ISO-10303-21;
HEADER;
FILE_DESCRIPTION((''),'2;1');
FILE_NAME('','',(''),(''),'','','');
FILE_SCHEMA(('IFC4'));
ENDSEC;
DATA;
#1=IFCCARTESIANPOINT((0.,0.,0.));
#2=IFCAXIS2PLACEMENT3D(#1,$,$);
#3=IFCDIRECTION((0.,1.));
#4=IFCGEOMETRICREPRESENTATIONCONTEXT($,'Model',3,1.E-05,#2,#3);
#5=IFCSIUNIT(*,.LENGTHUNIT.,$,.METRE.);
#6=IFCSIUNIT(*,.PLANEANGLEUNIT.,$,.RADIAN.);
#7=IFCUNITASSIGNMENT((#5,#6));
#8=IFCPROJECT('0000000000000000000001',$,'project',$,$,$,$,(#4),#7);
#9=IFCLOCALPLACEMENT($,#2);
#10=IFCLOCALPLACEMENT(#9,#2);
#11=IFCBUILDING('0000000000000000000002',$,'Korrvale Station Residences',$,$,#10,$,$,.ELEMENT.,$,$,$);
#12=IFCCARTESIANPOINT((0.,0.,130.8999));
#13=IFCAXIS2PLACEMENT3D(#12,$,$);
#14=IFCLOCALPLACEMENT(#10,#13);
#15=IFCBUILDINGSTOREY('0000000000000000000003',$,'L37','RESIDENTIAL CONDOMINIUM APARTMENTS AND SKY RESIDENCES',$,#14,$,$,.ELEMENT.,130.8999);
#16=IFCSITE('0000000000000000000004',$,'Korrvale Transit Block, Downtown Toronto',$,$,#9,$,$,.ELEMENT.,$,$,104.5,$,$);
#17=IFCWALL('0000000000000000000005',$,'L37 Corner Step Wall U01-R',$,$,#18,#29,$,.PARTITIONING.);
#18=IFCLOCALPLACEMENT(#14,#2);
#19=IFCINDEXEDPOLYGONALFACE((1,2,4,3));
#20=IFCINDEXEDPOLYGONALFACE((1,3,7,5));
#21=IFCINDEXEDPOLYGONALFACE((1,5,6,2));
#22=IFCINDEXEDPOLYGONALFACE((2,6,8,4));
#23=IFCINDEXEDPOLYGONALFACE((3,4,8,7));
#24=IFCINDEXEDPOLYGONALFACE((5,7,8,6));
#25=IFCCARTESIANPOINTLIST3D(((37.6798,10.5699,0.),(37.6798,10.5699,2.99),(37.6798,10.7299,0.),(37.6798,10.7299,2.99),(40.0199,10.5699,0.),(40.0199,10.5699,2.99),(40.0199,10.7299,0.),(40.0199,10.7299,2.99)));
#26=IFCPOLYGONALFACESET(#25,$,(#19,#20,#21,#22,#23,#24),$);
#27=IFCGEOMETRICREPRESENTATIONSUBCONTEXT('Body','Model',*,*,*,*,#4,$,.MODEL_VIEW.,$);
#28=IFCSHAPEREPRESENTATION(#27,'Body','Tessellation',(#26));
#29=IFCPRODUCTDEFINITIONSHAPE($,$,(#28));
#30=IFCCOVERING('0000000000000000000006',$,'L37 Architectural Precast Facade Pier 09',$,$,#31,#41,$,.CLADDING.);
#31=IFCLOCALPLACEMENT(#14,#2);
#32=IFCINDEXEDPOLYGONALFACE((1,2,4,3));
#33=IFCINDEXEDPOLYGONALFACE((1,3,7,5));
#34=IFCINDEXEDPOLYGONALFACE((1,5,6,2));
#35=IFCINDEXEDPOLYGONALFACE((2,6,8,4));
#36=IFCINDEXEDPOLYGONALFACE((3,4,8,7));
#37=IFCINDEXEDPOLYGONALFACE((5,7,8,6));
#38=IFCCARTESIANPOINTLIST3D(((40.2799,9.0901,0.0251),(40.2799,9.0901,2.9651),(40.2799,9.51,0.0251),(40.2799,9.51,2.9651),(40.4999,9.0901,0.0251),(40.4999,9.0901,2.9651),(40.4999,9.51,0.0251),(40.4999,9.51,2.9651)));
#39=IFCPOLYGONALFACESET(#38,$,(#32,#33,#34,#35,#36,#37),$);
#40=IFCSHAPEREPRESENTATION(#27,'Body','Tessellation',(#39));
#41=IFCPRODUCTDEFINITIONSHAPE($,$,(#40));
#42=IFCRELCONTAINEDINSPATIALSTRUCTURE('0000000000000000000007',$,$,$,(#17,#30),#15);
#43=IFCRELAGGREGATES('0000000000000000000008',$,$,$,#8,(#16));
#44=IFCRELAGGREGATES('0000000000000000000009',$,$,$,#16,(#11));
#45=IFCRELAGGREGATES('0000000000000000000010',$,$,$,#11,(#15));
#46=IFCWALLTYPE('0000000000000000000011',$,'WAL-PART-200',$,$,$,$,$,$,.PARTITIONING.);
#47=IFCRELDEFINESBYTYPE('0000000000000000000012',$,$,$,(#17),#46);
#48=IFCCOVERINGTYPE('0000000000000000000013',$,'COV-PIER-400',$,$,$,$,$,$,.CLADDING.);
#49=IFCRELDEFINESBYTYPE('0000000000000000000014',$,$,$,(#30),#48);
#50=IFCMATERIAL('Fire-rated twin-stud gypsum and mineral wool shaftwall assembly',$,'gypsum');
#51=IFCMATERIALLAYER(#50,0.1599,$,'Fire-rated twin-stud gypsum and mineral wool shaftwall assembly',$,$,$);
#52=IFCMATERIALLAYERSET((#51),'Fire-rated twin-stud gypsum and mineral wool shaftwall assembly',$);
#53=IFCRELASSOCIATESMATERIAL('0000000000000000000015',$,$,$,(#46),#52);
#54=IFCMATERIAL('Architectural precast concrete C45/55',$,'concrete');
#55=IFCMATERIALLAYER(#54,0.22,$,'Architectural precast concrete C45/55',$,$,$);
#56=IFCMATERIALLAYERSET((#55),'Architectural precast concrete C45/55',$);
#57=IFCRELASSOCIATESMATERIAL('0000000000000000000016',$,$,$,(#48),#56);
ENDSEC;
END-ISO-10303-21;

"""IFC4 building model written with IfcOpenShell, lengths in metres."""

from ifc_helpers import new_model, si_unit, direction, frame, frame_2d, origin, origin_2d, place, context, subcontext, project, spatial, rectangle, extrude, material, layer, layer_set, type_object, element, save


model = new_model("IFC4")

# Units and contexts
model_context = context("Model", 3, precision=1e-05, world=origin(), true_north=direction((0.0, 1.0)))
body_context = subcontext(model_context, "Body", "Model", "MODEL_VIEW")
ifc_project = project(units=[si_unit("LENGTHUNIT", "METRE"), si_unit("PLANEANGLEUNIT", "RADIAN")], contexts=[model_context])

# Site, building, storey
site_placement = place(None, origin())
site = spatial("IfcSite", under=ifc_project, at=site_placement, Name="Korrvale Transit Block, Downtown Toronto", CompositionType="ELEMENT", RefElevation=104.5)
building_placement = place(site_placement, origin())
building = spatial("IfcBuilding", under=site, at=building_placement, Name="Korrvale Station Residences", CompositionType="ELEMENT")
storey_placement = place(building_placement, frame((0.0, 0.0, 130.8999)))
storey = spatial("IfcBuildingStorey", under=building, at=storey_placement, Name="L37", Description="RESIDENTIAL CONDOMINIUM APARTMENTS AND SKY RESIDENCES", CompositionType="ELEMENT", Elevation=130.8999)

# Wall
ifc_material_1 = material(Name="Fire-rated twin-stud gypsum and mineral wool shaftwall assembly", Category="gypsum")
ifc_layer_1 = layer(ifc_material_1, 0.1599, Name="Fire-rated twin-stud gypsum and mineral wool shaftwall assembly")
ifc_layer_set_1 = layer_set([ifc_layer_1], Name="Fire-rated twin-stud gypsum and mineral wool shaftwall assembly")
wall_type_1 = type_object("IfcWallType", Name="WAL-PART-200", PredefinedType="PARTITIONING", material=ifc_layer_set_1)
wall_1_placement = place(storey_placement, frame((37.6799, 10.6499, 0.0), z_axis=(0.0, 0.0, 1.0), x_axis=(1.0, 0.0, 0.0)))
element("IfcWall", 1, at=wall_1_placement, inside=storey, type_object=wall_type_1, Name="L37 Corner Step Wall U01-R", PredefinedType="PARTITIONING", context=body_context, shape_type="SweptSolid", body=[
    extrude(rectangle(XDim=2.3401, YDim=0.1599, at=frame_2d((1.1699, 0.0))), origin(), (0.0, 0.0, 1.0), 2.99),
])

# Covering
ifc_material_2 = material(Name="Architectural precast concrete C45/55", Category="concrete")
ifc_layer_2 = layer(ifc_material_2, 0.22, Name="Architectural precast concrete C45/55")
ifc_layer_set_2 = layer_set([ifc_layer_2], Name="Architectural precast concrete C45/55")
covering_type = type_object("IfcCoveringType", Name="COV-PIER-400", PredefinedType="CLADDING", material=ifc_layer_set_2)
covering_placement = place(storey_placement, frame((40.3899, 9.3, 0.0251), z_axis=(0.0, 0.0, 1.0), x_axis=(0.0, 1.0, 0.0)))
element("IfcCovering", 2, at=covering_placement, inside=storey, type_object=covering_type, Name="L37 Architectural Precast Facade Pier 09", PredefinedType="CLADDING", context=body_context, shape_type="SweptSolid", body=[
    extrude(rectangle(XDim=0.4199, YDim=0.22, at=origin_2d()), origin(), (0.0, 0.0, 1.0), 2.9399),
])

save(model, "model.ifc")
